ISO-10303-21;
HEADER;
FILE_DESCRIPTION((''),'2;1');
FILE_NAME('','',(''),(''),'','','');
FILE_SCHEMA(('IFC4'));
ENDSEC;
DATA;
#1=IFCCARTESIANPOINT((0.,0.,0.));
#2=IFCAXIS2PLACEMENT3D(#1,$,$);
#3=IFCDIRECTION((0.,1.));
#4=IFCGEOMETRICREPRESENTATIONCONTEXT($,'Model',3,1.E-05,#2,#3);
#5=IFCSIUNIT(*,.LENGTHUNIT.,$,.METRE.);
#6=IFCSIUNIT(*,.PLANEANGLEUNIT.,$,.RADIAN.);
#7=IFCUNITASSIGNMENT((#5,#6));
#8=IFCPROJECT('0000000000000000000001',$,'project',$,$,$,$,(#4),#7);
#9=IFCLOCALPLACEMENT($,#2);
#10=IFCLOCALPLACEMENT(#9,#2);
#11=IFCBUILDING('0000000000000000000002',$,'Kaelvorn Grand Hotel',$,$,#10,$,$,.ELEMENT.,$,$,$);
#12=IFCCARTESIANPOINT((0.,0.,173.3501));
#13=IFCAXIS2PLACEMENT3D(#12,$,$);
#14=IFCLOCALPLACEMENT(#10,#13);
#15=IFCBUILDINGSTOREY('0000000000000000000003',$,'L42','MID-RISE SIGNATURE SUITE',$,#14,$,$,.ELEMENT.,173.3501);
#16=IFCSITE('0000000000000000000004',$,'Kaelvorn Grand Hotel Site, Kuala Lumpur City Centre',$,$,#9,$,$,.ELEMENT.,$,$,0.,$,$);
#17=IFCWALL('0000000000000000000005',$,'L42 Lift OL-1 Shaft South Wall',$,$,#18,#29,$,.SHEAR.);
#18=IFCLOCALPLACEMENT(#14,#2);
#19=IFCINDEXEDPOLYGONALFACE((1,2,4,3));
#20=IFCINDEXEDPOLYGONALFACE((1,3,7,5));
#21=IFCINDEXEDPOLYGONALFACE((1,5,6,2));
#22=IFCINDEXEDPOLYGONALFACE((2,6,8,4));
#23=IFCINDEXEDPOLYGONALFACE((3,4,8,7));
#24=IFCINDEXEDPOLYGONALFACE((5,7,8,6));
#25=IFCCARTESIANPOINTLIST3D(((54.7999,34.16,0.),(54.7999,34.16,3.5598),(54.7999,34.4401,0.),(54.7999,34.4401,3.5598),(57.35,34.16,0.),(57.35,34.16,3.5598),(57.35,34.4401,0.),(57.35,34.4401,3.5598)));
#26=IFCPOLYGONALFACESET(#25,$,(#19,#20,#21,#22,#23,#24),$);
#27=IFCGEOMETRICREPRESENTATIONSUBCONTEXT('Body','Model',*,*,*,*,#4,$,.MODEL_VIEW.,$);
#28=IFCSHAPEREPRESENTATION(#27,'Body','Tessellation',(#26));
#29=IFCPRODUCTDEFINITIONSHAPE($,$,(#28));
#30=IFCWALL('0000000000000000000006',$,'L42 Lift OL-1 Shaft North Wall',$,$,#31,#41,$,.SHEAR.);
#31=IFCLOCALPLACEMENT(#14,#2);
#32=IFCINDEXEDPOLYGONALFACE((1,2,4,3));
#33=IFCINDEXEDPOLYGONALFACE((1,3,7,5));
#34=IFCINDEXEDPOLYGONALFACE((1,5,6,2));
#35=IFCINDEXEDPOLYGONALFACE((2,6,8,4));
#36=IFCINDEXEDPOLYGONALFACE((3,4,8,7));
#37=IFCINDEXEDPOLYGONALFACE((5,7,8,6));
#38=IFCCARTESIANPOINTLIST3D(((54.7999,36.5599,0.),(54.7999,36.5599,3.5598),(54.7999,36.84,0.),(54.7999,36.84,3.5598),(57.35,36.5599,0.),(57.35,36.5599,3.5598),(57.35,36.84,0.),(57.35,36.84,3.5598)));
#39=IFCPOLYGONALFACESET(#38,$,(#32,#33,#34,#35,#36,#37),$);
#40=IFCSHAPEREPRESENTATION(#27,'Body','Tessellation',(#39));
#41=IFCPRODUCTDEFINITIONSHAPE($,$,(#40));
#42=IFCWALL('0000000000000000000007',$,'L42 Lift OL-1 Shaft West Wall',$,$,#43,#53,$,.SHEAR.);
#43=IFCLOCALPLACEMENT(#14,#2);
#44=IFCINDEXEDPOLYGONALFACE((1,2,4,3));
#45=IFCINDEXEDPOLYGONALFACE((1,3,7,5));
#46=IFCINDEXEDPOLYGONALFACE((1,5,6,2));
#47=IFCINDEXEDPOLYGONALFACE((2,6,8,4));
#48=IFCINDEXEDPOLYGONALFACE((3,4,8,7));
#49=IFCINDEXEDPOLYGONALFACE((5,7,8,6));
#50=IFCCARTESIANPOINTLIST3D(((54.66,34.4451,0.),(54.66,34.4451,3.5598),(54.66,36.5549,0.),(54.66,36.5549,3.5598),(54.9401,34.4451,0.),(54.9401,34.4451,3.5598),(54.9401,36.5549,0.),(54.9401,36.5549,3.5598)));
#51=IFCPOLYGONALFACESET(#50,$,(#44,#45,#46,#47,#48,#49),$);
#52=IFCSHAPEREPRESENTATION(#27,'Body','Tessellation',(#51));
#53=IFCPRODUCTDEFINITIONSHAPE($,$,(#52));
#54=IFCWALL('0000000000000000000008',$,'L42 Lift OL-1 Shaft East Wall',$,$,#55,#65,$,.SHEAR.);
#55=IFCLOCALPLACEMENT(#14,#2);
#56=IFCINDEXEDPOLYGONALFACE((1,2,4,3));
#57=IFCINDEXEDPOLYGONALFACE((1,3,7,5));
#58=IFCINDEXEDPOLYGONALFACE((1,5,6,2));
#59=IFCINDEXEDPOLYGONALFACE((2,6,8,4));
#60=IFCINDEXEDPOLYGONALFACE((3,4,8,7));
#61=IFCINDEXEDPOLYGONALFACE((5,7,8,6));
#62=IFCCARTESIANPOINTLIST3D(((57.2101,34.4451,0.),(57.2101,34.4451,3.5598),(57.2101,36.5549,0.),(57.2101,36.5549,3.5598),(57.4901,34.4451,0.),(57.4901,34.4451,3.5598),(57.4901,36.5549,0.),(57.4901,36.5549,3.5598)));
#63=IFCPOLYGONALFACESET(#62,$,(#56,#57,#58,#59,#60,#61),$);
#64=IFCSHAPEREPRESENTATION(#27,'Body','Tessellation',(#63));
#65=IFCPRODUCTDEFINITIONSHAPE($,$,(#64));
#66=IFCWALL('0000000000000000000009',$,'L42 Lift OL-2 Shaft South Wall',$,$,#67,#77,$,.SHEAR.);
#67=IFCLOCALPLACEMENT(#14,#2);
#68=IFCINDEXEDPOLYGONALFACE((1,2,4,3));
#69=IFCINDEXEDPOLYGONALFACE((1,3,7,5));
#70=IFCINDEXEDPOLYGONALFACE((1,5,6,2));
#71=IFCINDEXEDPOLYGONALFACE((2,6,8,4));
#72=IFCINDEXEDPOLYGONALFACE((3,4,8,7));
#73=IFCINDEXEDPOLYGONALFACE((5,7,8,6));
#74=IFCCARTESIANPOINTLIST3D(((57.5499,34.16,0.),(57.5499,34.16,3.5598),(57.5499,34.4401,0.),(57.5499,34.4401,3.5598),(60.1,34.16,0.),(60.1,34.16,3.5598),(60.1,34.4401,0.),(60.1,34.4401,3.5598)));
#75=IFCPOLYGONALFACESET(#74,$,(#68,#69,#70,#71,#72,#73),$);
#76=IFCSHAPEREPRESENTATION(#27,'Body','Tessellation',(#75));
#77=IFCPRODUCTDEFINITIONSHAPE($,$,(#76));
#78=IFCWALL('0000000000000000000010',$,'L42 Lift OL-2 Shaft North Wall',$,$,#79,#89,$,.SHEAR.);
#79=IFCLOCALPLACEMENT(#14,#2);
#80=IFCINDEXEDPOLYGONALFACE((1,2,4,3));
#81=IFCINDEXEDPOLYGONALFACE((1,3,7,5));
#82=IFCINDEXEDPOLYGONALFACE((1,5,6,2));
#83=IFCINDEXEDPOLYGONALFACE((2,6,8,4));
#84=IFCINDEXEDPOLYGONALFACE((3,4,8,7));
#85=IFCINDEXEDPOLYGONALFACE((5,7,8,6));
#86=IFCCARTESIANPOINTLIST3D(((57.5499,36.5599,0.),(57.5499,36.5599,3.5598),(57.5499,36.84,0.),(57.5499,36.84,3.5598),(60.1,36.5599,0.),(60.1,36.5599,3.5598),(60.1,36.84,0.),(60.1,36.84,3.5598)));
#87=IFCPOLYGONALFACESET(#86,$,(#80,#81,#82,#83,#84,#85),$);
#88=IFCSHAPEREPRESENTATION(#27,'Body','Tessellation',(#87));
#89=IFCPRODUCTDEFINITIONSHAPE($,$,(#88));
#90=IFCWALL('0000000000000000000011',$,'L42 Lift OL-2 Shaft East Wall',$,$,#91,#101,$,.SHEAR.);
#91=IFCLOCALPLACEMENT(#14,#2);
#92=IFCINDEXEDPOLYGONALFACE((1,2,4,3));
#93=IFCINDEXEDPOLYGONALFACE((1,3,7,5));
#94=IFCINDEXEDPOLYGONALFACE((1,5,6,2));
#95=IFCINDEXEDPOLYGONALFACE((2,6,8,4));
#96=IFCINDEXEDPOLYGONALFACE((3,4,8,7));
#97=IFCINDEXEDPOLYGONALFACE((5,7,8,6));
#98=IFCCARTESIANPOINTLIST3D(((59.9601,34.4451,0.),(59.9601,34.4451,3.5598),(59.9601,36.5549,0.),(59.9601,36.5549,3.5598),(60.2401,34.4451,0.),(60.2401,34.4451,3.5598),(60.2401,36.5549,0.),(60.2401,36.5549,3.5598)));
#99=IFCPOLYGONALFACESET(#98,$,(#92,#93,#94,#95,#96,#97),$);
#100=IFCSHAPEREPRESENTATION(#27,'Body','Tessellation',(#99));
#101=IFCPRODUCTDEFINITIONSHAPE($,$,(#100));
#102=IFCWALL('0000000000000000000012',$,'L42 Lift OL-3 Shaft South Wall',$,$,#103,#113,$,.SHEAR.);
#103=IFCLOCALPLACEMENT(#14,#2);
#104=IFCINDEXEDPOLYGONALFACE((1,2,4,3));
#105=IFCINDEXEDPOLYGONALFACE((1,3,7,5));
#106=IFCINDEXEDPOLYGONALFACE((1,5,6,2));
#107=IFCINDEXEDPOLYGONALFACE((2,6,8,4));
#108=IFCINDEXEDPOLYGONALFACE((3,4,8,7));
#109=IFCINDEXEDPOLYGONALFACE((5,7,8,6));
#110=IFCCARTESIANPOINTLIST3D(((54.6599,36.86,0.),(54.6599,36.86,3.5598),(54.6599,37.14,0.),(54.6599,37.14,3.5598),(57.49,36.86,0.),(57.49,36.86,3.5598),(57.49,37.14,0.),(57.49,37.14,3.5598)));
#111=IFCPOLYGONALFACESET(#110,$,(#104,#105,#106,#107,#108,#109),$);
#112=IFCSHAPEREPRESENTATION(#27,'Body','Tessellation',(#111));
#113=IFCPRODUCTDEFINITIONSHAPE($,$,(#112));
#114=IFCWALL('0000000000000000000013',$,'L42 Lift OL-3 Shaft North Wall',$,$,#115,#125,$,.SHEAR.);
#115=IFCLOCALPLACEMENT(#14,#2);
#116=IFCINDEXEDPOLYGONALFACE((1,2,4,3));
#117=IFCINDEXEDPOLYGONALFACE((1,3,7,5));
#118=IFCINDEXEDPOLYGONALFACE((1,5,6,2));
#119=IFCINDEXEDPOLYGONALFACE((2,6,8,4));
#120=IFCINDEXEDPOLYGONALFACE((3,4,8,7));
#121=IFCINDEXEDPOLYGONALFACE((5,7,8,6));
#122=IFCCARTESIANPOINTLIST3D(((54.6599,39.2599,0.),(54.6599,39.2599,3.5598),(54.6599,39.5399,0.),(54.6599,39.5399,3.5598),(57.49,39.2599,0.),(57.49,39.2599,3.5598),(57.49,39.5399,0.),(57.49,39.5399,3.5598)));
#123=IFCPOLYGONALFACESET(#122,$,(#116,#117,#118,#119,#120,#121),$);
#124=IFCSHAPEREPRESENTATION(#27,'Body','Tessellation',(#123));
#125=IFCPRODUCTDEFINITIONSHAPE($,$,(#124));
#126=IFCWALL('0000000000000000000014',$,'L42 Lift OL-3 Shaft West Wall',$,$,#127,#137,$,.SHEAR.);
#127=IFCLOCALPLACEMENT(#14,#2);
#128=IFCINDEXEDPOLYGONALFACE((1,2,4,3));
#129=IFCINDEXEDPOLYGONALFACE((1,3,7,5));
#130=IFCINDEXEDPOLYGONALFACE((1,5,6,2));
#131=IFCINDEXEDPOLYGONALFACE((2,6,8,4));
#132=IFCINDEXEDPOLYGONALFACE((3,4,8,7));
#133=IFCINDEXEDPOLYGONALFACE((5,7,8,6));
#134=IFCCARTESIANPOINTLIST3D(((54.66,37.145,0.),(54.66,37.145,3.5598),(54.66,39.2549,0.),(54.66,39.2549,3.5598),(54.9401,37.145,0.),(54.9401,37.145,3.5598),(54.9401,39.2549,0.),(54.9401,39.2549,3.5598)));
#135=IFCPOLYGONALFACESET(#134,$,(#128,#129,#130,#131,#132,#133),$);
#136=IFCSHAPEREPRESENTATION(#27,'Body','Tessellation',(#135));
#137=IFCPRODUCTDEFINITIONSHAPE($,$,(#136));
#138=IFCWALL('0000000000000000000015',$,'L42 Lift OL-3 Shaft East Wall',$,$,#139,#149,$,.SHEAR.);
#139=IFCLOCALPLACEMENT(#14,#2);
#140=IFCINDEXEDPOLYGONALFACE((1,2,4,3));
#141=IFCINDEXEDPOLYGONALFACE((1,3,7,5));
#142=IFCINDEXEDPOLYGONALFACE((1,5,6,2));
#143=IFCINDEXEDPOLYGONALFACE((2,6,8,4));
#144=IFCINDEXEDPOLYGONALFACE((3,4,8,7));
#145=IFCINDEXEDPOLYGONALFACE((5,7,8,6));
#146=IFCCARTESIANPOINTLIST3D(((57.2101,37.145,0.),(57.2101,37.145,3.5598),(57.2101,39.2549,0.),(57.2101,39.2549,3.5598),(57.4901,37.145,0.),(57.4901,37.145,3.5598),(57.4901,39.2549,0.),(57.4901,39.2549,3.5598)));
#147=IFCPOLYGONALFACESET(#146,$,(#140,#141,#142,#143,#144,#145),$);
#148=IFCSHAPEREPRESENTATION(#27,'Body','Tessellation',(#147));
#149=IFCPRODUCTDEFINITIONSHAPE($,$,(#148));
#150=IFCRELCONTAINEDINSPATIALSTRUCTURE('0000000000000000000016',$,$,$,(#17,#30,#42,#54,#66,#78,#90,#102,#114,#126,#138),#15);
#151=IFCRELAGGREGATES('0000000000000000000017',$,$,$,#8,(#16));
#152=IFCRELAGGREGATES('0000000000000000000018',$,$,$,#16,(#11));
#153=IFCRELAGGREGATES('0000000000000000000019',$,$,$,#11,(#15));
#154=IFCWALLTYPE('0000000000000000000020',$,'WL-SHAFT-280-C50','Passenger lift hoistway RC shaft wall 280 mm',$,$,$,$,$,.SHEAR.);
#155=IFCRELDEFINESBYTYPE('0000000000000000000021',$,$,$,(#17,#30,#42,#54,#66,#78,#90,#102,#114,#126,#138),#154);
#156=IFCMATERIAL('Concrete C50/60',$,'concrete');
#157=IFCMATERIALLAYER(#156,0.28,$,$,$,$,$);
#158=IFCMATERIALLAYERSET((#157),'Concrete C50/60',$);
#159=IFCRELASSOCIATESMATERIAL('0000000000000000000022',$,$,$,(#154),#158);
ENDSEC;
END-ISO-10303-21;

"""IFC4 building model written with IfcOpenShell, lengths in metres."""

from ifc_helpers import new_model, si_unit, direction, frame, frame_2d, origin, place, context, subcontext, project, spatial, rectangle, extrude, material, layer, layer_set, type_object, element, save


model = new_model("IFC4")

# Units and contexts
model_context = context("Model", 3, precision=1e-05, world=origin(), true_north=direction((0.0, 1.0)))
body_context = subcontext(model_context, "Body", "Model", "MODEL_VIEW")
ifc_project = project(units=[si_unit("LENGTHUNIT", "METRE"), si_unit("PLANEANGLEUNIT", "RADIAN")], contexts=[model_context])

# Site, building, storey
site_placement = place(None, origin())
site = spatial("IfcSite", under=ifc_project, at=site_placement, Name="Kaelvorn Grand Hotel Site, Kuala Lumpur City Centre", CompositionType="ELEMENT", RefElevation=0.0)
building_placement = place(site_placement, origin())
building = spatial("IfcBuilding", under=site, at=building_placement, Name="Kaelvorn Grand Hotel", CompositionType="ELEMENT")
storey_placement = place(building_placement, frame((0.0, 0.0, 173.3501)))
storey = spatial("IfcBuildingStorey", under=building, at=storey_placement, Name="L42", Description="MID-RISE SIGNATURE SUITE", CompositionType="ELEMENT", Elevation=173.3501)

# Shared definitions
ifc_material_1 = material(Name="Concrete C50/60", Category="concrete")

# Shared definitions
ifc_layer_1 = layer(ifc_material_1, 0.28)
ifc_layer_set_1 = layer_set([ifc_layer_1], Name="Concrete C50/60")
wall_type_1 = type_object("IfcWallType", Name="WL-SHAFT-280-C50", Description="Passenger lift hoistway RC shaft wall 280 mm", PredefinedType="SHEAR", material=ifc_layer_set_1)

# Walls
for number, where, z_axis, x_axis, name in (
    (1, (54.8, 34.3, 0.0), (0.0, 0.0, 1.0), (1.0, 0.0, 0.0), "L42 Lift OL-1 Shaft South Wall"),
    (2, (54.8, 36.7, 0.0), (0.0, 0.0, 1.0), (1.0, 0.0, 0.0), "L42 Lift OL-1 Shaft North Wall"),
):
    element("IfcWall", number, at=place(storey_placement, frame(where, z_axis=z_axis, x_axis=x_axis)), inside=storey, type_object=wall_type_1, Name=name, PredefinedType="SHEAR", context=body_context, shape_type="SweptSolid", body=[
        extrude(rectangle(XDim=2.55, YDim=0.28, at=frame_2d((1.2749, 0.0))), origin(), (0.0, 0.0, 1.0), 3.5598),
    ])
for number, where, z_axis, x_axis, name in (
    (3, (54.8, 34.4451, 0.0), (0.0, 0.0, 1.0), (0.0, 1.0, 0.0), "L42 Lift OL-1 Shaft West Wall"),
    (4, (57.3501, 34.4451, 0.0), (0.0, 0.0, 1.0), (0.0, 1.0, 0.0), "L42 Lift OL-1 Shaft East Wall"),
):
    element("IfcWall", number, at=place(storey_placement, frame(where, z_axis=z_axis, x_axis=x_axis)), inside=storey, type_object=wall_type_1, Name=name, PredefinedType="SHEAR", context=body_context, shape_type="SweptSolid", body=[
        extrude(rectangle(XDim=2.1099, YDim=0.28, at=frame_2d((1.0549, 0.0))), origin(), (0.0, 0.0, 1.0), 3.5598),
    ])
for number, where, z_axis, x_axis, name in (
    (5, (57.55, 34.3, 0.0), (0.0, 0.0, 1.0), (1.0, 0.0, 0.0), "L42 Lift OL-2 Shaft South Wall"),
    (6, (57.55, 36.7, 0.0), (0.0, 0.0, 1.0), (1.0, 0.0, 0.0), "L42 Lift OL-2 Shaft North Wall"),
):
    element("IfcWall", number, at=place(storey_placement, frame(where, z_axis=z_axis, x_axis=x_axis)), inside=storey, type_object=wall_type_1, Name=name, PredefinedType="SHEAR", context=body_context, shape_type="SweptSolid", body=[
        extrude(rectangle(XDim=2.55, YDim=0.28, at=frame_2d((1.2749, 0.0))), origin(), (0.0, 0.0, 1.0), 3.5598),
    ])
wall_1_placement = place(storey_placement, frame((60.1001, 34.4451, 0.0), z_axis=(0.0, 0.0, 1.0), x_axis=(0.0, 1.0, 0.0)))
element("IfcWall", 7, at=wall_1_placement, inside=storey, type_object=wall_type_1, Name="L42 Lift OL-2 Shaft East Wall", PredefinedType="SHEAR", context=body_context, shape_type="SweptSolid", body=[
    extrude(rectangle(XDim=2.1099, YDim=0.28, at=frame_2d((1.0549, 0.0))), origin(), (0.0, 0.0, 1.0), 3.5598),
])
for number, where, z_axis, x_axis, name in (
    (8, (54.6599, 37.0, 0.0), (0.0, 0.0, 1.0), (1.0, 0.0, 0.0), "L42 Lift OL-3 Shaft South Wall"),
    (9, (54.6599, 39.3999, 0.0), (0.0, 0.0, 1.0), (1.0, 0.0, 0.0), "L42 Lift OL-3 Shaft North Wall"),
):
    element("IfcWall", number, at=place(storey_placement, frame(where, z_axis=z_axis, x_axis=x_axis)), inside=storey, type_object=wall_type_1, Name=name, PredefinedType="SHEAR", context=body_context, shape_type="SweptSolid", body=[
        extrude(rectangle(XDim=2.8301, YDim=0.28, at=frame_2d((1.415, 0.0))), origin(), (0.0, 0.0, 1.0), 3.5598),
    ])
for number, where, z_axis, x_axis, name in (
    (10, (54.8, 37.145, 0.0), (0.0, 0.0, 1.0), (0.0, 1.0, 0.0), "L42 Lift OL-3 Shaft West Wall"),
    (11, (57.3501, 37.145, 0.0), (0.0, 0.0, 1.0), (0.0, 1.0, 0.0), "L42 Lift OL-3 Shaft East Wall"),
):
    element("IfcWall", number, at=place(storey_placement, frame(where, z_axis=z_axis, x_axis=x_axis)), inside=storey, type_object=wall_type_1, Name=name, PredefinedType="SHEAR", context=body_context, shape_type="SweptSolid", body=[
        extrude(rectangle(XDim=2.1099, YDim=0.28, at=frame_2d((1.0549, 0.0))), origin(), (0.0, 0.0, 1.0), 3.5598),
    ])

save(model, "model.ifc")
